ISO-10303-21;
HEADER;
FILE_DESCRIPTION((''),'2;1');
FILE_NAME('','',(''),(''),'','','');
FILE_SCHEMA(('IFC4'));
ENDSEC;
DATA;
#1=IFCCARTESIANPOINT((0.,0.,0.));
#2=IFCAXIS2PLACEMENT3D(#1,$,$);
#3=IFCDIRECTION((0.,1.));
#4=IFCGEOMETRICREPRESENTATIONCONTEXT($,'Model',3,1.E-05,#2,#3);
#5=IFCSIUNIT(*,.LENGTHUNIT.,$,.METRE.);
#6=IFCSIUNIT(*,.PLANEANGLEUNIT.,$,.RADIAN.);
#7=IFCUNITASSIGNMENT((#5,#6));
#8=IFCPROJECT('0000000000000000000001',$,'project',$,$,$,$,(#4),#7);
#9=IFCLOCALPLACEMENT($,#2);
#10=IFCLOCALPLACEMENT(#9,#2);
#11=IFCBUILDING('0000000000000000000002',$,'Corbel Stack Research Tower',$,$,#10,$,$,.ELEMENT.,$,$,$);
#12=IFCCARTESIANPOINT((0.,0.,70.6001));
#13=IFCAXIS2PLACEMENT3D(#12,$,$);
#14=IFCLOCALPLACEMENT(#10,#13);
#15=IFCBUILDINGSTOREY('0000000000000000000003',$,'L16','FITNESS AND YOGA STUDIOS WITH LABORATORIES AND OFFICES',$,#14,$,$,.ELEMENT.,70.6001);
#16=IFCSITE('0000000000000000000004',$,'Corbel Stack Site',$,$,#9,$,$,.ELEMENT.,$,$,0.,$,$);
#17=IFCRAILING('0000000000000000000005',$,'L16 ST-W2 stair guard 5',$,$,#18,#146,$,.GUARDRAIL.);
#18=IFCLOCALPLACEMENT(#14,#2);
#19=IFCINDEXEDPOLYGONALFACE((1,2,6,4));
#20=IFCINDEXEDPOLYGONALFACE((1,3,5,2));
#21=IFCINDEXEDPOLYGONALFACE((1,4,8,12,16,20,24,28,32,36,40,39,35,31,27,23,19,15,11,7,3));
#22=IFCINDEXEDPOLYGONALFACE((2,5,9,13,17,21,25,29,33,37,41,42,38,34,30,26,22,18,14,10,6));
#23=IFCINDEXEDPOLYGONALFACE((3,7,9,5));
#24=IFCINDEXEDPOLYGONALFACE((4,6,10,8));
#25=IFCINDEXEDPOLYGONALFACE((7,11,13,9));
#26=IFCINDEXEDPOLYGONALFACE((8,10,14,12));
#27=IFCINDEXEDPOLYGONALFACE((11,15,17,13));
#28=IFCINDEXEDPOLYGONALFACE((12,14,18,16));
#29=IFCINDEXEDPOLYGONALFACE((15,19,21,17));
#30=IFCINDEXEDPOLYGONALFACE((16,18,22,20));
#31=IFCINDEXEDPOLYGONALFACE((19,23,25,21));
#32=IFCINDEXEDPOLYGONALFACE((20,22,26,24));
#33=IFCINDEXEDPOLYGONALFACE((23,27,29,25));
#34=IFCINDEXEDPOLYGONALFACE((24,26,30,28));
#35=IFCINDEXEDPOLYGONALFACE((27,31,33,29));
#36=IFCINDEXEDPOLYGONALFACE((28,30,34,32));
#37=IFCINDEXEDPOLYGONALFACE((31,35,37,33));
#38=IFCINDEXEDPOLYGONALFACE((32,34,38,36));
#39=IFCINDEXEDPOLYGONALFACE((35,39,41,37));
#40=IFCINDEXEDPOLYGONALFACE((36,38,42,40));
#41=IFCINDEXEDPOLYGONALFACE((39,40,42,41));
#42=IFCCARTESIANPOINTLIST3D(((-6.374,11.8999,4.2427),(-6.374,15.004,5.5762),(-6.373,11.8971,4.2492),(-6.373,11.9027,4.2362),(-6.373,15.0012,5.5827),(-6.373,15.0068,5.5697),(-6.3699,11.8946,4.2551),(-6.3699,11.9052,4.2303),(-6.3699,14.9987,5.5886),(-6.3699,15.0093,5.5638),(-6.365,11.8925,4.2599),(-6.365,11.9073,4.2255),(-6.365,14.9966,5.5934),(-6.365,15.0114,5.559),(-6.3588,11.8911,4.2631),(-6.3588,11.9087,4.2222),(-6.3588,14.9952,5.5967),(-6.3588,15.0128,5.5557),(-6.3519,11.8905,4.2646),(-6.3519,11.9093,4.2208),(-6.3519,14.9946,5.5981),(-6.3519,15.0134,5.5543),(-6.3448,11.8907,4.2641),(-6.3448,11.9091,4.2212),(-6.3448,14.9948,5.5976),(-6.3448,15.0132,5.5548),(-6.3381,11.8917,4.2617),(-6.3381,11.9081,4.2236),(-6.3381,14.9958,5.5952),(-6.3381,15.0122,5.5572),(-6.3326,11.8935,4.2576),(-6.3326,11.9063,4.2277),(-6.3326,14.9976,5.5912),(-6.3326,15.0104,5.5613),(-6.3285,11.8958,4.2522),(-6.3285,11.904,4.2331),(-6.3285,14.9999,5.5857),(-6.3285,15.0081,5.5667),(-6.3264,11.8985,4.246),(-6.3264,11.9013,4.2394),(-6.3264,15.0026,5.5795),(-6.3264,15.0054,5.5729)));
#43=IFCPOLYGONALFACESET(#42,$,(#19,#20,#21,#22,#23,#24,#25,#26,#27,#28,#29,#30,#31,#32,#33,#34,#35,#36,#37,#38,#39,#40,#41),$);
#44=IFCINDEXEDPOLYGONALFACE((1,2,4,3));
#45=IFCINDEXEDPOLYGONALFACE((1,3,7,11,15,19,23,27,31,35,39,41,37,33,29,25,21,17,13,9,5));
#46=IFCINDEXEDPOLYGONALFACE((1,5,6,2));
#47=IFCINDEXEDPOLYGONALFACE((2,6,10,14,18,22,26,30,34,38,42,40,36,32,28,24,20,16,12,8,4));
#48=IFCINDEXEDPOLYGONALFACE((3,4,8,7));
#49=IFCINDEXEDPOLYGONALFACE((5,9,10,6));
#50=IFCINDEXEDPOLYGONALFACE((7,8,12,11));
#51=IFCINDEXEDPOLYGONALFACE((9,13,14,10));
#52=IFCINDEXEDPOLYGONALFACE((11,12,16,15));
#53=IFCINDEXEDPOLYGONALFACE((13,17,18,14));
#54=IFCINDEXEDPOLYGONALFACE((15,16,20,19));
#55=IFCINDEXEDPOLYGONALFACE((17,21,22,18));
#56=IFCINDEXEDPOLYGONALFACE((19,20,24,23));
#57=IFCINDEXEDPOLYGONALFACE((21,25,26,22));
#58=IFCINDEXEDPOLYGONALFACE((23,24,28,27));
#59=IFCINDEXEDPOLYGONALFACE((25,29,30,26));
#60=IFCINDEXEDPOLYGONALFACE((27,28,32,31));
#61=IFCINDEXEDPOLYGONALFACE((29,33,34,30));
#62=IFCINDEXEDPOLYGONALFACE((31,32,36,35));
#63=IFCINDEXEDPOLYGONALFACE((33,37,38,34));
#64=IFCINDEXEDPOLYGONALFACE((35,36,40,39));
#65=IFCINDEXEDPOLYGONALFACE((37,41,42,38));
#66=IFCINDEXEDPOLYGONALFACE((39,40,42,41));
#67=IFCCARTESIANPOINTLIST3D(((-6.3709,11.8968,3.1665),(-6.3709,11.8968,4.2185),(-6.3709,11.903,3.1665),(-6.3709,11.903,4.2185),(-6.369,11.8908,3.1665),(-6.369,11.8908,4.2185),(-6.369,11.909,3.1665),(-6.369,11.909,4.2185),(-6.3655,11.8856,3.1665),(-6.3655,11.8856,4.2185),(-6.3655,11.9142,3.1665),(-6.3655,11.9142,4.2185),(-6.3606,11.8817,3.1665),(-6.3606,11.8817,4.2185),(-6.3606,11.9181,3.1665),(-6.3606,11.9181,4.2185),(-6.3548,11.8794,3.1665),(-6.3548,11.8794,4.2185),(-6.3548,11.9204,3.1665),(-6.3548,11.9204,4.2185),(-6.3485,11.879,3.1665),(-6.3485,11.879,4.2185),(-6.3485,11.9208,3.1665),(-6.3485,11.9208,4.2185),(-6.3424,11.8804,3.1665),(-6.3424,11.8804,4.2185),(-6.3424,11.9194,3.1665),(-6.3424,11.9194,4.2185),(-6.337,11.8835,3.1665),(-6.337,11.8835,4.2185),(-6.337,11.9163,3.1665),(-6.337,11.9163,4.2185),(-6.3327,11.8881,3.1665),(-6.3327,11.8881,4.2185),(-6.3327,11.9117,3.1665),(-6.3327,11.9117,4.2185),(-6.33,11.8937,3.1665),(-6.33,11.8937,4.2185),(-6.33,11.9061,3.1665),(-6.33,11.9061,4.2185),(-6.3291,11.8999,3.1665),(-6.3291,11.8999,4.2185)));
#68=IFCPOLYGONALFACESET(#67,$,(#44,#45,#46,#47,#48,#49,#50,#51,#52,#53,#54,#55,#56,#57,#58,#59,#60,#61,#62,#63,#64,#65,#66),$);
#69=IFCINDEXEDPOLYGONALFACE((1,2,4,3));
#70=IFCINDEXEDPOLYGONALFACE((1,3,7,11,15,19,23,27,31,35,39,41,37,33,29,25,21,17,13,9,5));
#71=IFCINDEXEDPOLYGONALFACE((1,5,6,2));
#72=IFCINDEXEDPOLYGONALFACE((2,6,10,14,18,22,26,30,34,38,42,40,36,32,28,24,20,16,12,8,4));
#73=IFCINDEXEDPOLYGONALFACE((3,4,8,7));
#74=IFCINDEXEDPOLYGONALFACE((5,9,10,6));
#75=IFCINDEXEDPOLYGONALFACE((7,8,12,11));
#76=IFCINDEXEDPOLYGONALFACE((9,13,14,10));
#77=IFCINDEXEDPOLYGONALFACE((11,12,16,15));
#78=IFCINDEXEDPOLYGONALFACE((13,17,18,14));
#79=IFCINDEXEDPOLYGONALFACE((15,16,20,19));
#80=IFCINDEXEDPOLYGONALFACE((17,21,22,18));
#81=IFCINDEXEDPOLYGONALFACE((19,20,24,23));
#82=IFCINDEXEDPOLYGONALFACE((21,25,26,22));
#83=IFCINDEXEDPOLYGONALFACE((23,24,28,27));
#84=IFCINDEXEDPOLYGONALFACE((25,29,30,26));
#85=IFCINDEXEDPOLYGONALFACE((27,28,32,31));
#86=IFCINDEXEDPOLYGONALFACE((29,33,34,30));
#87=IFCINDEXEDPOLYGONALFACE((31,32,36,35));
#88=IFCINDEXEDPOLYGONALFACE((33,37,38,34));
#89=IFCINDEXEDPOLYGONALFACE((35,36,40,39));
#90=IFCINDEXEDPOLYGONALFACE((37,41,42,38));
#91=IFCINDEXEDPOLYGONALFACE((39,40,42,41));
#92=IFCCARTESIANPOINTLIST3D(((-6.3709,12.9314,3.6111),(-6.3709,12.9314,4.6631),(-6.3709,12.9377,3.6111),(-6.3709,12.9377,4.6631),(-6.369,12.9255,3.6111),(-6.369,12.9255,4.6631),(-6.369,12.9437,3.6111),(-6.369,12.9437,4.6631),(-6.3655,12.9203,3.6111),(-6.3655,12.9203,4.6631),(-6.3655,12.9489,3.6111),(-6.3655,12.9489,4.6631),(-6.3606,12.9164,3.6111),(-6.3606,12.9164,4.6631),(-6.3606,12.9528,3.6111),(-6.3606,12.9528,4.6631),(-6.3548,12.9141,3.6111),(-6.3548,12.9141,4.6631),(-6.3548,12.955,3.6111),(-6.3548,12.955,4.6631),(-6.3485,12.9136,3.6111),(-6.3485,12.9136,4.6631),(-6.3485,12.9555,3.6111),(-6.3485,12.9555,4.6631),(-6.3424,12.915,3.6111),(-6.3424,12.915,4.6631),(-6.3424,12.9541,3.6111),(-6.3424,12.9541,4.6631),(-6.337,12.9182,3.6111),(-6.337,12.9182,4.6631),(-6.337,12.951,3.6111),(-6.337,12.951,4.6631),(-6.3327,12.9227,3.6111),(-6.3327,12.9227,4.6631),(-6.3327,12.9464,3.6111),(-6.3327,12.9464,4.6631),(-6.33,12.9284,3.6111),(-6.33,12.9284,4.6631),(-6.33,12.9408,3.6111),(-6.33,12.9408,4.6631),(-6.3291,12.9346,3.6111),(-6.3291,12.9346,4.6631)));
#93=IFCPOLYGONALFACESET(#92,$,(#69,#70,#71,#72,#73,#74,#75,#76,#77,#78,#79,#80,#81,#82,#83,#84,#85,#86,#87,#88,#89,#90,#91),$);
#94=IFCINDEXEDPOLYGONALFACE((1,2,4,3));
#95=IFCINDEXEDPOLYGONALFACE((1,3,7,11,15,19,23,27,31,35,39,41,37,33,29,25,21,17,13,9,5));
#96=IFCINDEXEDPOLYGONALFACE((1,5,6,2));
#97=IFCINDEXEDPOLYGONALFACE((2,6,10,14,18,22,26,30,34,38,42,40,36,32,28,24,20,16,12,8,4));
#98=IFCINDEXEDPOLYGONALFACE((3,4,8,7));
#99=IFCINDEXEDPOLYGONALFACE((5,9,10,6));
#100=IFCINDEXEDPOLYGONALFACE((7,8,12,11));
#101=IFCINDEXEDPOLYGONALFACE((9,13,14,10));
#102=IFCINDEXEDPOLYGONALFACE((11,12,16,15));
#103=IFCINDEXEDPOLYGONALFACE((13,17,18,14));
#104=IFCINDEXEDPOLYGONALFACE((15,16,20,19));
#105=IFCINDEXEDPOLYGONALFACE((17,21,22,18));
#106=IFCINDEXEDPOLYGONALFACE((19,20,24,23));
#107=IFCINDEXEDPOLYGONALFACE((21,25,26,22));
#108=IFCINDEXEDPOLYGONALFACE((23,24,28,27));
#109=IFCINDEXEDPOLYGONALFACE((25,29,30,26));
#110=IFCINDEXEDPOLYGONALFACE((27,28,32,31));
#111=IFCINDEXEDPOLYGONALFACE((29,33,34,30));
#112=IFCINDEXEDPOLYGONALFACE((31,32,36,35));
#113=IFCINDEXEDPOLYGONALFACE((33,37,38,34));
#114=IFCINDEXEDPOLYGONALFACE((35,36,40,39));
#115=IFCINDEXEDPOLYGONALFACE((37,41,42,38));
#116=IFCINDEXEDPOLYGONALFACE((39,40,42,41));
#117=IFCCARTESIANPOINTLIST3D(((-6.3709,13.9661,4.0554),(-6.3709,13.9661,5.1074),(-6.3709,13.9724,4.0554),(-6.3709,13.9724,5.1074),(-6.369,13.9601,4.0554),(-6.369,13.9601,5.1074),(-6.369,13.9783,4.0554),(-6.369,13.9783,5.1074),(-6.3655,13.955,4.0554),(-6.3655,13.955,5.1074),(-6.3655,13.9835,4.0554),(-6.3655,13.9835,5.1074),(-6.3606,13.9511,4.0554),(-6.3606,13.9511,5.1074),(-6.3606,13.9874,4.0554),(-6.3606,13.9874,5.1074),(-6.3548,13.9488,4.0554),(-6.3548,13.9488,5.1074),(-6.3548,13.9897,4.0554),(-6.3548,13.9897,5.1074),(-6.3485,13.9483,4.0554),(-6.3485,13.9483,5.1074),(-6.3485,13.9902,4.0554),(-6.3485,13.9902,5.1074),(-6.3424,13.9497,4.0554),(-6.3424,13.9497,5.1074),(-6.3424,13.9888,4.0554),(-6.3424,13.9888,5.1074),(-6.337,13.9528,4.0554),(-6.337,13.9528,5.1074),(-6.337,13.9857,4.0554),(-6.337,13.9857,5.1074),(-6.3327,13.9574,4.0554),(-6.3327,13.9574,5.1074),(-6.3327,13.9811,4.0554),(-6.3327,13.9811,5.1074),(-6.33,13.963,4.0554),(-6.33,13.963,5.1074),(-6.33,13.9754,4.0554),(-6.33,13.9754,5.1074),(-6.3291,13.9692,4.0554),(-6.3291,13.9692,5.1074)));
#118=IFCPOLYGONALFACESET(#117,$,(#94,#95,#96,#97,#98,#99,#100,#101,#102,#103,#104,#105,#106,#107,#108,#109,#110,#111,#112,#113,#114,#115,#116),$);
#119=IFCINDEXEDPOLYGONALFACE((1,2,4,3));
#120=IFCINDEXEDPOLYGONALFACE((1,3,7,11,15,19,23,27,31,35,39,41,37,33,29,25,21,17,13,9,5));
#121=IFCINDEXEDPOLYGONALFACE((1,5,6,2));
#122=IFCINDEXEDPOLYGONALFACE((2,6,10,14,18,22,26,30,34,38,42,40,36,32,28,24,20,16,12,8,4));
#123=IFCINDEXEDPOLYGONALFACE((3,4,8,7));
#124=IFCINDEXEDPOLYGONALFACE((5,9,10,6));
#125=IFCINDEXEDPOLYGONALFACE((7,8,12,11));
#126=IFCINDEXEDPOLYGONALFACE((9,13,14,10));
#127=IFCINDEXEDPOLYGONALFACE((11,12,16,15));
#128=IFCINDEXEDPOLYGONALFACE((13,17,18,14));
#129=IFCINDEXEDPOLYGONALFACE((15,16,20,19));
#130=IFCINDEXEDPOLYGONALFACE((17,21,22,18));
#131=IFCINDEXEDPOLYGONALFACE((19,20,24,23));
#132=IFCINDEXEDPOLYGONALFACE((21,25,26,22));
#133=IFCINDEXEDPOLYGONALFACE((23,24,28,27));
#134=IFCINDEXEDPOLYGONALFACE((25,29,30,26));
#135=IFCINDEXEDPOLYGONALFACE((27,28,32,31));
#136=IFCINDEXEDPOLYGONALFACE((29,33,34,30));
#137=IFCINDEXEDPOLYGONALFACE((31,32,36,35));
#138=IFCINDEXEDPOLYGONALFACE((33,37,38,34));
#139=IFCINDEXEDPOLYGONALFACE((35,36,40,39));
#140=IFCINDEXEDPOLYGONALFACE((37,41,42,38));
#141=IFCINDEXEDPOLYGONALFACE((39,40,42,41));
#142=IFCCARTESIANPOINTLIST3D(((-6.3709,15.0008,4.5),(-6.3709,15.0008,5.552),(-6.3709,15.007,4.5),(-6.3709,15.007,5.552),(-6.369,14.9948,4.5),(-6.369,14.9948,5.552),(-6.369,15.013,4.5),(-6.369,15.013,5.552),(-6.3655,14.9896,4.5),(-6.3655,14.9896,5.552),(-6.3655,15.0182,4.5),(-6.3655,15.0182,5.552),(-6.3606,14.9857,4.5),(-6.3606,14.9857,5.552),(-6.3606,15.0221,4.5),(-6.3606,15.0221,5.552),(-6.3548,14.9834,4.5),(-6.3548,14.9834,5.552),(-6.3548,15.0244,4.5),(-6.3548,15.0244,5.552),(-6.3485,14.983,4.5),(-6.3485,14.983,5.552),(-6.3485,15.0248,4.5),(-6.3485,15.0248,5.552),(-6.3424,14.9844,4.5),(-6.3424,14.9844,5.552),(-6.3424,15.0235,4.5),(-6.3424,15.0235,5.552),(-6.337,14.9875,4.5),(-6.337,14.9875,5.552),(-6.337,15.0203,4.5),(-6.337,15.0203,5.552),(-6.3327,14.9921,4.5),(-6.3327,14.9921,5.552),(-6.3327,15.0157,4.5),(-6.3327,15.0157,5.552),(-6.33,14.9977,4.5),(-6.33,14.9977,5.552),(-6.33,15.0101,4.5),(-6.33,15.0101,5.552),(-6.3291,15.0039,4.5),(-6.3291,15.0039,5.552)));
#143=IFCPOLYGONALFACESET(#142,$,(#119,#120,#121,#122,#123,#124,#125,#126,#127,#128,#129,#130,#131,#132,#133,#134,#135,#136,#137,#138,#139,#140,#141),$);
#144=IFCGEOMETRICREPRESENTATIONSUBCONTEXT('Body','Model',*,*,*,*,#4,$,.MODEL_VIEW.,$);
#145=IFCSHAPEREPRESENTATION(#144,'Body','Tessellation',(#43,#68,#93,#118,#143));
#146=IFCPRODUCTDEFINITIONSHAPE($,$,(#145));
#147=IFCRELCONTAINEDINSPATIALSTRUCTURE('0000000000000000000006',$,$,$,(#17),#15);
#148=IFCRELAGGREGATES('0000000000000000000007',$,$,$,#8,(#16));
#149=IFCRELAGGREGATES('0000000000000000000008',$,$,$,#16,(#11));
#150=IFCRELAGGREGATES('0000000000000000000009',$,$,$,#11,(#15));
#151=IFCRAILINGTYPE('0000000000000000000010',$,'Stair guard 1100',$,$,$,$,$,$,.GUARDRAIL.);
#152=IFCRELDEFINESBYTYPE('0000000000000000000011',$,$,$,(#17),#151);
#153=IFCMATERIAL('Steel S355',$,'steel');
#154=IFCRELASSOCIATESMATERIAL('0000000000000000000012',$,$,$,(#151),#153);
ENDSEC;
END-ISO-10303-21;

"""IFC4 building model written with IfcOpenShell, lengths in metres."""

from ifc_helpers import new_model, si_unit, direction, frame, origin, origin_2d, place, context, subcontext, project, spatial, circle, extrude, material, type_object, element, save


model = new_model("IFC4")

# Units and contexts
model_context = context("Model", 3, precision=1e-05, world=origin(), true_north=direction((0.0, 1.0)))
body_context = subcontext(model_context, "Body", "Model", "MODEL_VIEW")
ifc_project = project(units=[si_unit("LENGTHUNIT", "METRE"), si_unit("PLANEANGLEUNIT", "RADIAN")], contexts=[model_context])

# Site, building, storey
site_placement = place(None, origin())
site = spatial("IfcSite", under=ifc_project, at=site_placement, Name="Corbel Stack Site", CompositionType="ELEMENT", RefElevation=0.0)
building_placement = place(site_placement, origin())
building = spatial("IfcBuilding", under=site, at=building_placement, Name="Corbel Stack Research Tower", CompositionType="ELEMENT")
storey_placement = place(building_placement, frame((0.0, 0.0, 70.6001)))
storey = spatial("IfcBuildingStorey", under=building, at=storey_placement, Name="L16", Description="FITNESS AND YOGA STUDIOS WITH LABORATORIES AND OFFICES", CompositionType="ELEMENT", Elevation=70.6001)

# Railing
ifc_material_1 = material(Name="Steel S355", Category="steel")
railing_type_1 = type_object("IfcRailingType", Name="Stair guard 1100", PredefinedType="GUARDRAIL", material=ifc_material_1)
railing_placement = place(storey_placement, frame((-6.3501, 11.8999, 3.1665)))
element("IfcRailing", 1, at=railing_placement, inside=storey, type_object=railing_type_1, Name="L16 ST-W2 stair guard 5", PredefinedType="GUARDRAIL", context=body_context, shape_type="SweptSolid", body=[
    extrude(circle(Radius=0.0239, at=origin_2d()), frame((0.0, 0.0, 1.0762), z_axis=(0.0, 0.918801, 0.394722), x_axis=(-1.0, 0.0, 0.0)), (0.0, 0.0, 1.0), 3.3784),
    extrude(circle(Radius=0.021, at=origin_2d()), origin(), (0.0, 0.0, 1.0), 1.052),
    extrude(circle(Radius=0.021, at=origin_2d()), frame((0.0, 1.0347, 0.4446)), (0.0, 0.0, 1.0), 1.052),
    extrude(circle(Radius=0.021, at=origin_2d()), frame((0.0, 2.0693, 0.8889)), (0.0, 0.0, 1.0), 1.052),
    extrude(circle(Radius=0.021, at=origin_2d()), frame((0.0, 3.104, 1.3335)), (0.0, 0.0, 1.0), 1.052),
])

save(model, "model.ifc")
